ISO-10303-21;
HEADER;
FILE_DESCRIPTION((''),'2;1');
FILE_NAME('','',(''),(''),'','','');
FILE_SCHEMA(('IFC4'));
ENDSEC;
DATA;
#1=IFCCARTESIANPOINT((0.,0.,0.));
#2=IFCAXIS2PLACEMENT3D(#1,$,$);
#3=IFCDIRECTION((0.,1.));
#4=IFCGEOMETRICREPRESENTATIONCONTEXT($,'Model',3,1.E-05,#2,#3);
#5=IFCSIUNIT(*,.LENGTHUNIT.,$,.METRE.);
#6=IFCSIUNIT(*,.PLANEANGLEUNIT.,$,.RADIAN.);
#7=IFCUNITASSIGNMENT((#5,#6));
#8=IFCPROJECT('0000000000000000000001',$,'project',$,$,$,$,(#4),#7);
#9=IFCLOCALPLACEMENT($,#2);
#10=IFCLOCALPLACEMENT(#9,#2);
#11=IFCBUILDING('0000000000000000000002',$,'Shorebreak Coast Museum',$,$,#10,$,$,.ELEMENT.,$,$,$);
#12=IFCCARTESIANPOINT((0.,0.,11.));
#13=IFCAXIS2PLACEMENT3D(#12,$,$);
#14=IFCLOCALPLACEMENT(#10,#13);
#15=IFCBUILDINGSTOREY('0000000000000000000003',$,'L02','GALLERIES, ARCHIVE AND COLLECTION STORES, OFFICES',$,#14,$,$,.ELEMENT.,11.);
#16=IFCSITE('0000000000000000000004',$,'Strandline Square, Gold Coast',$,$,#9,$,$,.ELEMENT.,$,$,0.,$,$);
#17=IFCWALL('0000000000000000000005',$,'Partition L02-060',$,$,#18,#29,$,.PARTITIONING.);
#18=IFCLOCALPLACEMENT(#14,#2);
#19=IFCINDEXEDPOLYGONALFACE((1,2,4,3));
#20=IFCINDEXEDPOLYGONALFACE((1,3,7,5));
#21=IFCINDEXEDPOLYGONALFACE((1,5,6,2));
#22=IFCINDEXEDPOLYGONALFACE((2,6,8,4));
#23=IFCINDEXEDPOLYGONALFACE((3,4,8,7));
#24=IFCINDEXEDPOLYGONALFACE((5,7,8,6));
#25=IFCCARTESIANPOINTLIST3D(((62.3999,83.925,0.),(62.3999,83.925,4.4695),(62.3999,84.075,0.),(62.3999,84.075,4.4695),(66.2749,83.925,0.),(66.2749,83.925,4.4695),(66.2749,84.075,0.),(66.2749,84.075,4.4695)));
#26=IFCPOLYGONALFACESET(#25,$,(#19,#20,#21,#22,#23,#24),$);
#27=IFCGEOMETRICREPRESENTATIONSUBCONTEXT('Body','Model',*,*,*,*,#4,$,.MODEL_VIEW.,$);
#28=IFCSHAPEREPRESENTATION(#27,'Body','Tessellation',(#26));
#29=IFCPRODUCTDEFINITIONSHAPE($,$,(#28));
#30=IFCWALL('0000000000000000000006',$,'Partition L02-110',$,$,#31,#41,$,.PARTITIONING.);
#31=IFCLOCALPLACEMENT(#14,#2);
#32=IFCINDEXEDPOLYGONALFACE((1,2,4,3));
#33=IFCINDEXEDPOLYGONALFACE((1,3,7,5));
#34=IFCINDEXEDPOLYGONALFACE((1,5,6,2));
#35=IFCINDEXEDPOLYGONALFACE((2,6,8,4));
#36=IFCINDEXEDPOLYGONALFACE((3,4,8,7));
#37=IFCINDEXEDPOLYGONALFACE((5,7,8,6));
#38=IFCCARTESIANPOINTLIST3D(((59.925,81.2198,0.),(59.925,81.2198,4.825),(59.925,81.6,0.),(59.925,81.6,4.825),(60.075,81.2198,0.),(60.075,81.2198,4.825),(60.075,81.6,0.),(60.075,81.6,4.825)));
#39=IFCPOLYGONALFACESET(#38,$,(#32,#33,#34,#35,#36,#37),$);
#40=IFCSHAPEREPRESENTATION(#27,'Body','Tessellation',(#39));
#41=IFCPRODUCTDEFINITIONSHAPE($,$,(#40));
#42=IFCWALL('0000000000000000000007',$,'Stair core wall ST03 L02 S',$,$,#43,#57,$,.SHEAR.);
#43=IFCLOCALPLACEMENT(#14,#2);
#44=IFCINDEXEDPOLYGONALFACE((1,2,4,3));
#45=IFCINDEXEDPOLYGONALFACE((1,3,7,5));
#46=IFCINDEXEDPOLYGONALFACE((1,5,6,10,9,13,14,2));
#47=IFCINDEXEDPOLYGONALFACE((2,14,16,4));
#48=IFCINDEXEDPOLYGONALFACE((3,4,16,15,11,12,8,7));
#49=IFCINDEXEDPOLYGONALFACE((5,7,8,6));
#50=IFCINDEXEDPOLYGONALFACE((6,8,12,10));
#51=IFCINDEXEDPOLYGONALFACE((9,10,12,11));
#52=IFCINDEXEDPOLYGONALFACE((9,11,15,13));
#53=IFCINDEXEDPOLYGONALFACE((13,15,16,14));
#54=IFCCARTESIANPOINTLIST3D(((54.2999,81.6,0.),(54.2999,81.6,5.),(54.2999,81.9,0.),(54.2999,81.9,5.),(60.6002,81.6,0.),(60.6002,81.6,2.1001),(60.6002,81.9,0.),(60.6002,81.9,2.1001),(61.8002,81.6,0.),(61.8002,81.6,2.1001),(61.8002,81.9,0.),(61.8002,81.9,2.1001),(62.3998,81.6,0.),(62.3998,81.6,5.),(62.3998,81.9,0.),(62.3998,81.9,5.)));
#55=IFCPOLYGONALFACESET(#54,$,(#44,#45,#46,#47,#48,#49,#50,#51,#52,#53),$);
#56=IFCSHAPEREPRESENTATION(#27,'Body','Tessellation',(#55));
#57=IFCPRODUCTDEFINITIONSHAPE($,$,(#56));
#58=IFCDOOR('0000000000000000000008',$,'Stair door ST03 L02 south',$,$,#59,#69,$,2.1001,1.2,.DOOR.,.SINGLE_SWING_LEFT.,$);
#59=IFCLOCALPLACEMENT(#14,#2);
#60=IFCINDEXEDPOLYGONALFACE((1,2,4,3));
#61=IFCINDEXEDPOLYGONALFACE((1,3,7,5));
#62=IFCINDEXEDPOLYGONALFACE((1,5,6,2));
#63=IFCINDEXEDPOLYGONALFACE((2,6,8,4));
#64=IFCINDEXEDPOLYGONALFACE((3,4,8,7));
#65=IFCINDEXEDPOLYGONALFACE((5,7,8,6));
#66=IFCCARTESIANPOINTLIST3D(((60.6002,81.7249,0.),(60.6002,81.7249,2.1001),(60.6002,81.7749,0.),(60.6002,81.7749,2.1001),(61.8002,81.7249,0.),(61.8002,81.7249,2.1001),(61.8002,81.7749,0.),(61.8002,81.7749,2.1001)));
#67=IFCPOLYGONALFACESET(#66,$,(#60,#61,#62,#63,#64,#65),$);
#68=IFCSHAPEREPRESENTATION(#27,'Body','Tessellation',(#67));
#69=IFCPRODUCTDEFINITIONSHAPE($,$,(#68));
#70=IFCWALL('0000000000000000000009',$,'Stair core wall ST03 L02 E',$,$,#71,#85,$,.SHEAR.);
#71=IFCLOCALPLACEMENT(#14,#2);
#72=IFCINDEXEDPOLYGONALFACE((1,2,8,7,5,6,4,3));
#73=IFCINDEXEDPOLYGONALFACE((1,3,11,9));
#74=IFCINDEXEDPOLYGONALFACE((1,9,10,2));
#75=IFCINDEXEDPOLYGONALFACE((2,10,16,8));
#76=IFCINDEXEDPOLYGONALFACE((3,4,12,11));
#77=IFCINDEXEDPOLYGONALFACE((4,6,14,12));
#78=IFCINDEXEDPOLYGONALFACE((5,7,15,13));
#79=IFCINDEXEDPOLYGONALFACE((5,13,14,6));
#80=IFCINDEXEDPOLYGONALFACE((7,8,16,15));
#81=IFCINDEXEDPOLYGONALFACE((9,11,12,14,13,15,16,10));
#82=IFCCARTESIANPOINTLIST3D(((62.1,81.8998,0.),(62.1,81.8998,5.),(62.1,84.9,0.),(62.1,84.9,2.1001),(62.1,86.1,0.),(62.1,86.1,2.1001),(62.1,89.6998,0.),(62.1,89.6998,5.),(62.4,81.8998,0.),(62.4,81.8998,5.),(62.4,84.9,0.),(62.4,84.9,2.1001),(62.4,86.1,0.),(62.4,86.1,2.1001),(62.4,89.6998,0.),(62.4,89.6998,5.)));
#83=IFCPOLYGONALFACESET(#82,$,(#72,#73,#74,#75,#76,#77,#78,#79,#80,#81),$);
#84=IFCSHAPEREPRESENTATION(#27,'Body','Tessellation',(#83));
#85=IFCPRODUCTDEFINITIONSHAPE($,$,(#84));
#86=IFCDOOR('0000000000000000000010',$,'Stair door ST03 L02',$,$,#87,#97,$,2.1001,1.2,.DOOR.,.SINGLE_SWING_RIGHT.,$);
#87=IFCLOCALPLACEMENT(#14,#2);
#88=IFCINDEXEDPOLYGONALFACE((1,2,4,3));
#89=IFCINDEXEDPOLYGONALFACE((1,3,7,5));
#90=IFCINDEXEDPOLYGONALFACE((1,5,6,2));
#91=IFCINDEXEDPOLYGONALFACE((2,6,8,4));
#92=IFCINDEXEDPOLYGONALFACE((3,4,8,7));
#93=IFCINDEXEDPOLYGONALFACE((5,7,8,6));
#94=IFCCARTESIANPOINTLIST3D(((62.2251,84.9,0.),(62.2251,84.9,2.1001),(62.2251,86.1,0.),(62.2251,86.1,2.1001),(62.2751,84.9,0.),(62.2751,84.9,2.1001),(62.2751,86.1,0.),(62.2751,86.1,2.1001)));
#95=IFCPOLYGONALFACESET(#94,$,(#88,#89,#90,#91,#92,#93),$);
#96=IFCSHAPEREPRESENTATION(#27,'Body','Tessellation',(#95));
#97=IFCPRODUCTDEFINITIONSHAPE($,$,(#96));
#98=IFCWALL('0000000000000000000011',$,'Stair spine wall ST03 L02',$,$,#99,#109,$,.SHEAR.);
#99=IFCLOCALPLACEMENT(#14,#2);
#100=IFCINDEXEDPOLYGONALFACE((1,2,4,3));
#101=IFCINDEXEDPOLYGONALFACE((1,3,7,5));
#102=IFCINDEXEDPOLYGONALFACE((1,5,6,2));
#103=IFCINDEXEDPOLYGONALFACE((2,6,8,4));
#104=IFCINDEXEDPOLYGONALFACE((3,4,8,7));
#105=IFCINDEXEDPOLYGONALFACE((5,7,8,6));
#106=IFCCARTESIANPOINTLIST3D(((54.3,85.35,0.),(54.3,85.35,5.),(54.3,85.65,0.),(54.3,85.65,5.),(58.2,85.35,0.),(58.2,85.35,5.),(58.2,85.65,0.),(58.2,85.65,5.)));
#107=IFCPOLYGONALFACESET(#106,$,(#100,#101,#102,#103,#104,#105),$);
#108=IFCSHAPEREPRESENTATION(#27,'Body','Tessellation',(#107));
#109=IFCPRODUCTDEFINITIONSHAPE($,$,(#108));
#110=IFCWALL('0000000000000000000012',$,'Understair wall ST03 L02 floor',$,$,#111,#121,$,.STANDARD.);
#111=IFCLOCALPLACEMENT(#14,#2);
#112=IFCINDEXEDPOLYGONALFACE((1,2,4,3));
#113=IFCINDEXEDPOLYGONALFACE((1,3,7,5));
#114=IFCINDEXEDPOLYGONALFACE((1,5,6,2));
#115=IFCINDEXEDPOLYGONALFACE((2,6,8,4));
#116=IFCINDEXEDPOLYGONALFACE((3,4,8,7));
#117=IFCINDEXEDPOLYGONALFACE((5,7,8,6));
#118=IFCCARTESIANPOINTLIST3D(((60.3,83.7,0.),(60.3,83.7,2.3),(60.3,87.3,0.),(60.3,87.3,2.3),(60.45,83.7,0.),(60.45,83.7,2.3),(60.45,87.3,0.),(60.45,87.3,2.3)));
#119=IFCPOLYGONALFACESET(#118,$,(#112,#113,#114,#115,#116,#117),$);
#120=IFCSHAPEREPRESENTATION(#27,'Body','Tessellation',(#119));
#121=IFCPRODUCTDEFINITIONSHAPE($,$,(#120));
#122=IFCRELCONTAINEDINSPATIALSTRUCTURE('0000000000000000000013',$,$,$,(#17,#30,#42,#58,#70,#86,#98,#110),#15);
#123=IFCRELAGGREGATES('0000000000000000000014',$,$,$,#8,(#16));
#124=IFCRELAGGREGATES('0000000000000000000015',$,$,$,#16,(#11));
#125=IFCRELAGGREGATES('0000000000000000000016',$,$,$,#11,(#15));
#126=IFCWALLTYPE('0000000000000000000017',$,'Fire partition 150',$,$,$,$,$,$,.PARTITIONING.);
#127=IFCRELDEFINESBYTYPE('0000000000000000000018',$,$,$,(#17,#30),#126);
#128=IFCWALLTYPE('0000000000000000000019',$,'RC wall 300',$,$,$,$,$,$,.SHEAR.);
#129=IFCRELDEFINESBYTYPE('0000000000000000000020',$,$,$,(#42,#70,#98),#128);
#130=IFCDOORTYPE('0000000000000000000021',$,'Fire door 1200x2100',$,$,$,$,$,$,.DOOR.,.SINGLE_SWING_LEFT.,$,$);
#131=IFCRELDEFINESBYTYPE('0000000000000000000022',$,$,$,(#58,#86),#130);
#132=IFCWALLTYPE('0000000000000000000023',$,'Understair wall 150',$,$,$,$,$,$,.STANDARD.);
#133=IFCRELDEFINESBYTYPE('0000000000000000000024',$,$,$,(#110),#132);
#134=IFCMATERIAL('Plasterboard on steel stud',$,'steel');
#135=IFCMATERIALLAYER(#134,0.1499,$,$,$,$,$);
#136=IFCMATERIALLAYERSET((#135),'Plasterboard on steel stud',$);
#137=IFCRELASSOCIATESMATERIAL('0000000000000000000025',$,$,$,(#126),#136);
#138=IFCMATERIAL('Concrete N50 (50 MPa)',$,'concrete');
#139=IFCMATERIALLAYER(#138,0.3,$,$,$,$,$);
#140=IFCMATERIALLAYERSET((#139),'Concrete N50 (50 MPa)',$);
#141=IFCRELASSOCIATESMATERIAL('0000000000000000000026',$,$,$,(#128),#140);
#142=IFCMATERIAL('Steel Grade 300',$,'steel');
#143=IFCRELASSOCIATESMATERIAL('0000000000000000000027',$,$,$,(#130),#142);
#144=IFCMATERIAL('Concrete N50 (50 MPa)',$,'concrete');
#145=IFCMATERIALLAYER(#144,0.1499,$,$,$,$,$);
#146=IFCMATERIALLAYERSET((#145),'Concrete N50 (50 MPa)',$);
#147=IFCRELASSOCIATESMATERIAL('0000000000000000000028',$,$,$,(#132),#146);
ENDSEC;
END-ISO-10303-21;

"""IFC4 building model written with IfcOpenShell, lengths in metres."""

from ifc_helpers import new_model, si_unit, direction, frame, frame_2d, origin, place, context, subcontext, project, spatial, rectangle, extrude, material, layer, layer_set, type_object, element, fill, save


model = new_model("IFC4")

# Units and contexts
model_context = context("Model", 3, precision=1e-05, world=origin(), true_north=direction((0.0, 1.0)))
body_context = subcontext(model_context, "Body", "Model", "MODEL_VIEW")
ifc_project = project(units=[si_unit("LENGTHUNIT", "METRE"), si_unit("PLANEANGLEUNIT", "RADIAN")], contexts=[model_context])

# Site, building, storey
site_placement = place(None, origin())
site = spatial("IfcSite", under=ifc_project, at=site_placement, Name="Strandline Square, Gold Coast", CompositionType="ELEMENT", RefElevation=0.0)
building_placement = place(site_placement, origin())
building = spatial("IfcBuilding", under=site, at=building_placement, Name="Shorebreak Coast Museum", CompositionType="ELEMENT")
storey_placement = place(building_placement, frame((0.0, 0.0, 11.0)))
storey = spatial("IfcBuildingStorey", under=building, at=storey_placement, Name="L02", Description="GALLERIES, ARCHIVE AND COLLECTION STORES, OFFICES", CompositionType="ELEMENT", Elevation=11.0)

# Walls
ifc_material_1 = material(Name="Plasterboard on steel stud", Category="steel")
ifc_layer_1 = layer(ifc_material_1, 0.1499)
ifc_layer_set_1 = layer_set([ifc_layer_1], Name="Plasterboard on steel stud")
wall_type_1 = type_object("IfcWallType", Name="Fire partition 150", PredefinedType="PARTITIONING", material=ifc_layer_set_1)
wall_1_placement = place(storey_placement, frame((62.3999, 84.0, 0.0), z_axis=(0.0, 0.0, 1.0), x_axis=(1.0, 0.0, 0.0)))
element("IfcWall", 1, at=wall_1_placement, inside=storey, type_object=wall_type_1, Name="Partition L02-060", PredefinedType="PARTITIONING", context=body_context, shape_type="SweptSolid", body=[
    extrude(rectangle(XDim=3.875, YDim=0.1499, at=frame_2d((1.9375, 0.0))), origin(), (0.0, 0.0, 1.0), 4.4695),
])
wall_2_placement = place(storey_placement, frame((60.0, 81.22, 0.0), z_axis=(0.0, 0.0, 1.0), x_axis=(0.0, 1.0, 0.0)))
element("IfcWall", 2, at=wall_2_placement, inside=storey, type_object=wall_type_1, Name="Partition L02-110", PredefinedType="PARTITIONING", context=body_context, shape_type="SweptSolid", body=[
    extrude(rectangle(XDim=0.3801, YDim=0.1499, at=frame_2d((0.1899, 0.0))), origin(), (0.0, 0.0, 1.0), 4.825),
])

# Walls, openings, doors
ifc_material_2 = material(Name="Concrete N50 (50 MPa)", Category="concrete")
ifc_layer_2 = layer(ifc_material_2, 0.3)
ifc_layer_set_2 = layer_set([ifc_layer_2], Name="Concrete N50 (50 MPa)")
wall_type_2 = type_object("IfcWallType", Name="RC wall 300", PredefinedType="SHEAR", material=ifc_layer_set_2)
wall_3_placement = place(storey_placement, frame((54.3, 81.75, 0.0), z_axis=(0.0, 0.0, 1.0), x_axis=(1.0, 0.0, 0.0)))
wall_3 = element("IfcWall", 3, at=wall_3_placement, inside=storey, type_object=wall_type_2, Name="Stair core wall ST03 L02 S", PredefinedType="SHEAR", context=body_context, shape_type="SweptSolid", body=[
    extrude(rectangle(XDim=8.0999, YDim=0.3, at=frame_2d((4.0498, 0.0))), origin(), (0.0, 0.0, 1.0), 5.0),
])
opening_1_placement = place(wall_3_placement, frame((6.3, 0.0, 0.0)))
opening_1 = element("IfcOpeningElement", 4, at=opening_1_placement, cuts=wall_3, PredefinedType="OPENING", context=body_context, shape_type="SweptSolid", body=[
    extrude(rectangle(XDim=1.2, YDim=2.1001, at=frame_2d((0.6001, 1.05))), frame((0.0, 0.1599, 0.0), z_axis=(0.0, -1.0, 0.0), x_axis=(1.0, 0.0, 0.0)), (0.0, 0.0, 1.0), 0.3201),
])
ifc_material_3 = material(Name="Steel Grade 300", Category="steel")
door_type = type_object("IfcDoorType", Name="Fire door 1200x2100", OperationType="SINGLE_SWING_LEFT", PredefinedType="DOOR", material=ifc_material_3)
door_1_placement = place(opening_1_placement, origin())
door_1 = element("IfcDoor", 5, at=door_1_placement, inside=storey, type_object=door_type, Name="Stair door ST03 L02 south", OperationType="SINGLE_SWING_LEFT", OverallHeight=2.1001, OverallWidth=1.2, PredefinedType="DOOR", context=body_context, shape_type="SweptSolid", body=[
    extrude(rectangle(XDim=1.2, YDim=2.1001, at=frame_2d((0.6001, 1.05))), frame((0.0, 0.0249, 0.0), z_axis=(0.0, -1.0, 0.0), x_axis=(1.0, 0.0, 0.0)), (0.0, 0.0, 1.0), 0.05),
])
fill(opening_1, door_1)
wall_4_placement = place(storey_placement, frame((62.25, 81.8999, 0.0), z_axis=(0.0, 0.0, 1.0), x_axis=(0.0, 1.0, 0.0)))
wall_4 = element("IfcWall", 6, at=wall_4_placement, inside=storey, type_object=wall_type_2, Name="Stair core wall ST03 L02 E", PredefinedType="SHEAR", context=body_context, shape_type="SweptSolid", body=[
    extrude(rectangle(XDim=7.8, YDim=0.3, at=frame_2d((3.8999, 0.0))), origin(), (0.0, 0.0, 1.0), 5.0),
])
opening_2_placement = place(wall_4_placement, frame((3.0, 0.0, 0.0)))
opening_2 = element("IfcOpeningElement", 7, at=opening_2_placement, cuts=wall_4, PredefinedType="OPENING", context=body_context, shape_type="SweptSolid", body=[
    extrude(rectangle(XDim=1.2, YDim=2.1001, at=frame_2d((0.6001, 1.05))), frame((0.0, 0.1599, 0.0), z_axis=(0.0, -1.0, 0.0), x_axis=(1.0, 0.0, 0.0)), (0.0, 0.0, 1.0), 0.3201),
])
door_2_placement = place(opening_2_placement, origin())
door_2 = element("IfcDoor", 8, at=door_2_placement, inside=storey, type_object=door_type, Name="Stair door ST03 L02", OperationType="SINGLE_SWING_RIGHT", OverallHeight=2.1001, OverallWidth=1.2, PredefinedType="DOOR", context=body_context, shape_type="SweptSolid", body=[
    extrude(rectangle(XDim=1.2, YDim=2.1001, at=frame_2d((0.6001, 1.05))), frame((0.0, 0.0249, 0.0), z_axis=(0.0, -1.0, 0.0), x_axis=(1.0, 0.0, 0.0)), (0.0, 0.0, 1.0), 0.05),
])
fill(opening_2, door_2)

# Walls
wall_5_placement = place(storey_placement, frame((58.2, 85.5, 0.0), z_axis=(0.0, 0.0, 1.0), x_axis=(-1.0, 0.0, 0.0)))
element("IfcWall", 9, at=wall_5_placement, inside=storey, type_object=wall_type_2, Name="Stair spine wall ST03 L02", PredefinedType="SHEAR", context=body_context, shape_type="SweptSolid", body=[
    extrude(rectangle(XDim=3.8999, YDim=0.3, at=frame_2d((1.95, 0.0))), origin(), (0.0, 0.0, 1.0), 5.0),
])
ifc_material_4 = material(Name="Concrete N50 (50 MPa)", Category="concrete")
ifc_layer_3 = layer(ifc_material_4, 0.1499)
ifc_layer_set_3 = layer_set([ifc_layer_3], Name="Concrete N50 (50 MPa)")
wall_type_3 = type_object("IfcWallType", Name="Understair wall 150", PredefinedType="STANDARD", material=ifc_layer_set_3)
wall_6_placement = place(storey_placement, frame((60.375, 83.7, 0.0), z_axis=(0.0, 0.0, 1.0), x_axis=(0.0, 1.0, 0.0)))
element("IfcWall", 10, at=wall_6_placement, inside=storey, type_object=wall_type_3, Name="Understair wall ST03 L02 floor", PredefinedType="STANDARD", context=body_context, shape_type="SweptSolid", body=[
    extrude(rectangle(XDim=3.6001, YDim=0.1499, at=frame_2d((1.8, 0.0))), origin(), (0.0, 0.0, 1.0), 2.3),
])

save(model, "model.ifc")
